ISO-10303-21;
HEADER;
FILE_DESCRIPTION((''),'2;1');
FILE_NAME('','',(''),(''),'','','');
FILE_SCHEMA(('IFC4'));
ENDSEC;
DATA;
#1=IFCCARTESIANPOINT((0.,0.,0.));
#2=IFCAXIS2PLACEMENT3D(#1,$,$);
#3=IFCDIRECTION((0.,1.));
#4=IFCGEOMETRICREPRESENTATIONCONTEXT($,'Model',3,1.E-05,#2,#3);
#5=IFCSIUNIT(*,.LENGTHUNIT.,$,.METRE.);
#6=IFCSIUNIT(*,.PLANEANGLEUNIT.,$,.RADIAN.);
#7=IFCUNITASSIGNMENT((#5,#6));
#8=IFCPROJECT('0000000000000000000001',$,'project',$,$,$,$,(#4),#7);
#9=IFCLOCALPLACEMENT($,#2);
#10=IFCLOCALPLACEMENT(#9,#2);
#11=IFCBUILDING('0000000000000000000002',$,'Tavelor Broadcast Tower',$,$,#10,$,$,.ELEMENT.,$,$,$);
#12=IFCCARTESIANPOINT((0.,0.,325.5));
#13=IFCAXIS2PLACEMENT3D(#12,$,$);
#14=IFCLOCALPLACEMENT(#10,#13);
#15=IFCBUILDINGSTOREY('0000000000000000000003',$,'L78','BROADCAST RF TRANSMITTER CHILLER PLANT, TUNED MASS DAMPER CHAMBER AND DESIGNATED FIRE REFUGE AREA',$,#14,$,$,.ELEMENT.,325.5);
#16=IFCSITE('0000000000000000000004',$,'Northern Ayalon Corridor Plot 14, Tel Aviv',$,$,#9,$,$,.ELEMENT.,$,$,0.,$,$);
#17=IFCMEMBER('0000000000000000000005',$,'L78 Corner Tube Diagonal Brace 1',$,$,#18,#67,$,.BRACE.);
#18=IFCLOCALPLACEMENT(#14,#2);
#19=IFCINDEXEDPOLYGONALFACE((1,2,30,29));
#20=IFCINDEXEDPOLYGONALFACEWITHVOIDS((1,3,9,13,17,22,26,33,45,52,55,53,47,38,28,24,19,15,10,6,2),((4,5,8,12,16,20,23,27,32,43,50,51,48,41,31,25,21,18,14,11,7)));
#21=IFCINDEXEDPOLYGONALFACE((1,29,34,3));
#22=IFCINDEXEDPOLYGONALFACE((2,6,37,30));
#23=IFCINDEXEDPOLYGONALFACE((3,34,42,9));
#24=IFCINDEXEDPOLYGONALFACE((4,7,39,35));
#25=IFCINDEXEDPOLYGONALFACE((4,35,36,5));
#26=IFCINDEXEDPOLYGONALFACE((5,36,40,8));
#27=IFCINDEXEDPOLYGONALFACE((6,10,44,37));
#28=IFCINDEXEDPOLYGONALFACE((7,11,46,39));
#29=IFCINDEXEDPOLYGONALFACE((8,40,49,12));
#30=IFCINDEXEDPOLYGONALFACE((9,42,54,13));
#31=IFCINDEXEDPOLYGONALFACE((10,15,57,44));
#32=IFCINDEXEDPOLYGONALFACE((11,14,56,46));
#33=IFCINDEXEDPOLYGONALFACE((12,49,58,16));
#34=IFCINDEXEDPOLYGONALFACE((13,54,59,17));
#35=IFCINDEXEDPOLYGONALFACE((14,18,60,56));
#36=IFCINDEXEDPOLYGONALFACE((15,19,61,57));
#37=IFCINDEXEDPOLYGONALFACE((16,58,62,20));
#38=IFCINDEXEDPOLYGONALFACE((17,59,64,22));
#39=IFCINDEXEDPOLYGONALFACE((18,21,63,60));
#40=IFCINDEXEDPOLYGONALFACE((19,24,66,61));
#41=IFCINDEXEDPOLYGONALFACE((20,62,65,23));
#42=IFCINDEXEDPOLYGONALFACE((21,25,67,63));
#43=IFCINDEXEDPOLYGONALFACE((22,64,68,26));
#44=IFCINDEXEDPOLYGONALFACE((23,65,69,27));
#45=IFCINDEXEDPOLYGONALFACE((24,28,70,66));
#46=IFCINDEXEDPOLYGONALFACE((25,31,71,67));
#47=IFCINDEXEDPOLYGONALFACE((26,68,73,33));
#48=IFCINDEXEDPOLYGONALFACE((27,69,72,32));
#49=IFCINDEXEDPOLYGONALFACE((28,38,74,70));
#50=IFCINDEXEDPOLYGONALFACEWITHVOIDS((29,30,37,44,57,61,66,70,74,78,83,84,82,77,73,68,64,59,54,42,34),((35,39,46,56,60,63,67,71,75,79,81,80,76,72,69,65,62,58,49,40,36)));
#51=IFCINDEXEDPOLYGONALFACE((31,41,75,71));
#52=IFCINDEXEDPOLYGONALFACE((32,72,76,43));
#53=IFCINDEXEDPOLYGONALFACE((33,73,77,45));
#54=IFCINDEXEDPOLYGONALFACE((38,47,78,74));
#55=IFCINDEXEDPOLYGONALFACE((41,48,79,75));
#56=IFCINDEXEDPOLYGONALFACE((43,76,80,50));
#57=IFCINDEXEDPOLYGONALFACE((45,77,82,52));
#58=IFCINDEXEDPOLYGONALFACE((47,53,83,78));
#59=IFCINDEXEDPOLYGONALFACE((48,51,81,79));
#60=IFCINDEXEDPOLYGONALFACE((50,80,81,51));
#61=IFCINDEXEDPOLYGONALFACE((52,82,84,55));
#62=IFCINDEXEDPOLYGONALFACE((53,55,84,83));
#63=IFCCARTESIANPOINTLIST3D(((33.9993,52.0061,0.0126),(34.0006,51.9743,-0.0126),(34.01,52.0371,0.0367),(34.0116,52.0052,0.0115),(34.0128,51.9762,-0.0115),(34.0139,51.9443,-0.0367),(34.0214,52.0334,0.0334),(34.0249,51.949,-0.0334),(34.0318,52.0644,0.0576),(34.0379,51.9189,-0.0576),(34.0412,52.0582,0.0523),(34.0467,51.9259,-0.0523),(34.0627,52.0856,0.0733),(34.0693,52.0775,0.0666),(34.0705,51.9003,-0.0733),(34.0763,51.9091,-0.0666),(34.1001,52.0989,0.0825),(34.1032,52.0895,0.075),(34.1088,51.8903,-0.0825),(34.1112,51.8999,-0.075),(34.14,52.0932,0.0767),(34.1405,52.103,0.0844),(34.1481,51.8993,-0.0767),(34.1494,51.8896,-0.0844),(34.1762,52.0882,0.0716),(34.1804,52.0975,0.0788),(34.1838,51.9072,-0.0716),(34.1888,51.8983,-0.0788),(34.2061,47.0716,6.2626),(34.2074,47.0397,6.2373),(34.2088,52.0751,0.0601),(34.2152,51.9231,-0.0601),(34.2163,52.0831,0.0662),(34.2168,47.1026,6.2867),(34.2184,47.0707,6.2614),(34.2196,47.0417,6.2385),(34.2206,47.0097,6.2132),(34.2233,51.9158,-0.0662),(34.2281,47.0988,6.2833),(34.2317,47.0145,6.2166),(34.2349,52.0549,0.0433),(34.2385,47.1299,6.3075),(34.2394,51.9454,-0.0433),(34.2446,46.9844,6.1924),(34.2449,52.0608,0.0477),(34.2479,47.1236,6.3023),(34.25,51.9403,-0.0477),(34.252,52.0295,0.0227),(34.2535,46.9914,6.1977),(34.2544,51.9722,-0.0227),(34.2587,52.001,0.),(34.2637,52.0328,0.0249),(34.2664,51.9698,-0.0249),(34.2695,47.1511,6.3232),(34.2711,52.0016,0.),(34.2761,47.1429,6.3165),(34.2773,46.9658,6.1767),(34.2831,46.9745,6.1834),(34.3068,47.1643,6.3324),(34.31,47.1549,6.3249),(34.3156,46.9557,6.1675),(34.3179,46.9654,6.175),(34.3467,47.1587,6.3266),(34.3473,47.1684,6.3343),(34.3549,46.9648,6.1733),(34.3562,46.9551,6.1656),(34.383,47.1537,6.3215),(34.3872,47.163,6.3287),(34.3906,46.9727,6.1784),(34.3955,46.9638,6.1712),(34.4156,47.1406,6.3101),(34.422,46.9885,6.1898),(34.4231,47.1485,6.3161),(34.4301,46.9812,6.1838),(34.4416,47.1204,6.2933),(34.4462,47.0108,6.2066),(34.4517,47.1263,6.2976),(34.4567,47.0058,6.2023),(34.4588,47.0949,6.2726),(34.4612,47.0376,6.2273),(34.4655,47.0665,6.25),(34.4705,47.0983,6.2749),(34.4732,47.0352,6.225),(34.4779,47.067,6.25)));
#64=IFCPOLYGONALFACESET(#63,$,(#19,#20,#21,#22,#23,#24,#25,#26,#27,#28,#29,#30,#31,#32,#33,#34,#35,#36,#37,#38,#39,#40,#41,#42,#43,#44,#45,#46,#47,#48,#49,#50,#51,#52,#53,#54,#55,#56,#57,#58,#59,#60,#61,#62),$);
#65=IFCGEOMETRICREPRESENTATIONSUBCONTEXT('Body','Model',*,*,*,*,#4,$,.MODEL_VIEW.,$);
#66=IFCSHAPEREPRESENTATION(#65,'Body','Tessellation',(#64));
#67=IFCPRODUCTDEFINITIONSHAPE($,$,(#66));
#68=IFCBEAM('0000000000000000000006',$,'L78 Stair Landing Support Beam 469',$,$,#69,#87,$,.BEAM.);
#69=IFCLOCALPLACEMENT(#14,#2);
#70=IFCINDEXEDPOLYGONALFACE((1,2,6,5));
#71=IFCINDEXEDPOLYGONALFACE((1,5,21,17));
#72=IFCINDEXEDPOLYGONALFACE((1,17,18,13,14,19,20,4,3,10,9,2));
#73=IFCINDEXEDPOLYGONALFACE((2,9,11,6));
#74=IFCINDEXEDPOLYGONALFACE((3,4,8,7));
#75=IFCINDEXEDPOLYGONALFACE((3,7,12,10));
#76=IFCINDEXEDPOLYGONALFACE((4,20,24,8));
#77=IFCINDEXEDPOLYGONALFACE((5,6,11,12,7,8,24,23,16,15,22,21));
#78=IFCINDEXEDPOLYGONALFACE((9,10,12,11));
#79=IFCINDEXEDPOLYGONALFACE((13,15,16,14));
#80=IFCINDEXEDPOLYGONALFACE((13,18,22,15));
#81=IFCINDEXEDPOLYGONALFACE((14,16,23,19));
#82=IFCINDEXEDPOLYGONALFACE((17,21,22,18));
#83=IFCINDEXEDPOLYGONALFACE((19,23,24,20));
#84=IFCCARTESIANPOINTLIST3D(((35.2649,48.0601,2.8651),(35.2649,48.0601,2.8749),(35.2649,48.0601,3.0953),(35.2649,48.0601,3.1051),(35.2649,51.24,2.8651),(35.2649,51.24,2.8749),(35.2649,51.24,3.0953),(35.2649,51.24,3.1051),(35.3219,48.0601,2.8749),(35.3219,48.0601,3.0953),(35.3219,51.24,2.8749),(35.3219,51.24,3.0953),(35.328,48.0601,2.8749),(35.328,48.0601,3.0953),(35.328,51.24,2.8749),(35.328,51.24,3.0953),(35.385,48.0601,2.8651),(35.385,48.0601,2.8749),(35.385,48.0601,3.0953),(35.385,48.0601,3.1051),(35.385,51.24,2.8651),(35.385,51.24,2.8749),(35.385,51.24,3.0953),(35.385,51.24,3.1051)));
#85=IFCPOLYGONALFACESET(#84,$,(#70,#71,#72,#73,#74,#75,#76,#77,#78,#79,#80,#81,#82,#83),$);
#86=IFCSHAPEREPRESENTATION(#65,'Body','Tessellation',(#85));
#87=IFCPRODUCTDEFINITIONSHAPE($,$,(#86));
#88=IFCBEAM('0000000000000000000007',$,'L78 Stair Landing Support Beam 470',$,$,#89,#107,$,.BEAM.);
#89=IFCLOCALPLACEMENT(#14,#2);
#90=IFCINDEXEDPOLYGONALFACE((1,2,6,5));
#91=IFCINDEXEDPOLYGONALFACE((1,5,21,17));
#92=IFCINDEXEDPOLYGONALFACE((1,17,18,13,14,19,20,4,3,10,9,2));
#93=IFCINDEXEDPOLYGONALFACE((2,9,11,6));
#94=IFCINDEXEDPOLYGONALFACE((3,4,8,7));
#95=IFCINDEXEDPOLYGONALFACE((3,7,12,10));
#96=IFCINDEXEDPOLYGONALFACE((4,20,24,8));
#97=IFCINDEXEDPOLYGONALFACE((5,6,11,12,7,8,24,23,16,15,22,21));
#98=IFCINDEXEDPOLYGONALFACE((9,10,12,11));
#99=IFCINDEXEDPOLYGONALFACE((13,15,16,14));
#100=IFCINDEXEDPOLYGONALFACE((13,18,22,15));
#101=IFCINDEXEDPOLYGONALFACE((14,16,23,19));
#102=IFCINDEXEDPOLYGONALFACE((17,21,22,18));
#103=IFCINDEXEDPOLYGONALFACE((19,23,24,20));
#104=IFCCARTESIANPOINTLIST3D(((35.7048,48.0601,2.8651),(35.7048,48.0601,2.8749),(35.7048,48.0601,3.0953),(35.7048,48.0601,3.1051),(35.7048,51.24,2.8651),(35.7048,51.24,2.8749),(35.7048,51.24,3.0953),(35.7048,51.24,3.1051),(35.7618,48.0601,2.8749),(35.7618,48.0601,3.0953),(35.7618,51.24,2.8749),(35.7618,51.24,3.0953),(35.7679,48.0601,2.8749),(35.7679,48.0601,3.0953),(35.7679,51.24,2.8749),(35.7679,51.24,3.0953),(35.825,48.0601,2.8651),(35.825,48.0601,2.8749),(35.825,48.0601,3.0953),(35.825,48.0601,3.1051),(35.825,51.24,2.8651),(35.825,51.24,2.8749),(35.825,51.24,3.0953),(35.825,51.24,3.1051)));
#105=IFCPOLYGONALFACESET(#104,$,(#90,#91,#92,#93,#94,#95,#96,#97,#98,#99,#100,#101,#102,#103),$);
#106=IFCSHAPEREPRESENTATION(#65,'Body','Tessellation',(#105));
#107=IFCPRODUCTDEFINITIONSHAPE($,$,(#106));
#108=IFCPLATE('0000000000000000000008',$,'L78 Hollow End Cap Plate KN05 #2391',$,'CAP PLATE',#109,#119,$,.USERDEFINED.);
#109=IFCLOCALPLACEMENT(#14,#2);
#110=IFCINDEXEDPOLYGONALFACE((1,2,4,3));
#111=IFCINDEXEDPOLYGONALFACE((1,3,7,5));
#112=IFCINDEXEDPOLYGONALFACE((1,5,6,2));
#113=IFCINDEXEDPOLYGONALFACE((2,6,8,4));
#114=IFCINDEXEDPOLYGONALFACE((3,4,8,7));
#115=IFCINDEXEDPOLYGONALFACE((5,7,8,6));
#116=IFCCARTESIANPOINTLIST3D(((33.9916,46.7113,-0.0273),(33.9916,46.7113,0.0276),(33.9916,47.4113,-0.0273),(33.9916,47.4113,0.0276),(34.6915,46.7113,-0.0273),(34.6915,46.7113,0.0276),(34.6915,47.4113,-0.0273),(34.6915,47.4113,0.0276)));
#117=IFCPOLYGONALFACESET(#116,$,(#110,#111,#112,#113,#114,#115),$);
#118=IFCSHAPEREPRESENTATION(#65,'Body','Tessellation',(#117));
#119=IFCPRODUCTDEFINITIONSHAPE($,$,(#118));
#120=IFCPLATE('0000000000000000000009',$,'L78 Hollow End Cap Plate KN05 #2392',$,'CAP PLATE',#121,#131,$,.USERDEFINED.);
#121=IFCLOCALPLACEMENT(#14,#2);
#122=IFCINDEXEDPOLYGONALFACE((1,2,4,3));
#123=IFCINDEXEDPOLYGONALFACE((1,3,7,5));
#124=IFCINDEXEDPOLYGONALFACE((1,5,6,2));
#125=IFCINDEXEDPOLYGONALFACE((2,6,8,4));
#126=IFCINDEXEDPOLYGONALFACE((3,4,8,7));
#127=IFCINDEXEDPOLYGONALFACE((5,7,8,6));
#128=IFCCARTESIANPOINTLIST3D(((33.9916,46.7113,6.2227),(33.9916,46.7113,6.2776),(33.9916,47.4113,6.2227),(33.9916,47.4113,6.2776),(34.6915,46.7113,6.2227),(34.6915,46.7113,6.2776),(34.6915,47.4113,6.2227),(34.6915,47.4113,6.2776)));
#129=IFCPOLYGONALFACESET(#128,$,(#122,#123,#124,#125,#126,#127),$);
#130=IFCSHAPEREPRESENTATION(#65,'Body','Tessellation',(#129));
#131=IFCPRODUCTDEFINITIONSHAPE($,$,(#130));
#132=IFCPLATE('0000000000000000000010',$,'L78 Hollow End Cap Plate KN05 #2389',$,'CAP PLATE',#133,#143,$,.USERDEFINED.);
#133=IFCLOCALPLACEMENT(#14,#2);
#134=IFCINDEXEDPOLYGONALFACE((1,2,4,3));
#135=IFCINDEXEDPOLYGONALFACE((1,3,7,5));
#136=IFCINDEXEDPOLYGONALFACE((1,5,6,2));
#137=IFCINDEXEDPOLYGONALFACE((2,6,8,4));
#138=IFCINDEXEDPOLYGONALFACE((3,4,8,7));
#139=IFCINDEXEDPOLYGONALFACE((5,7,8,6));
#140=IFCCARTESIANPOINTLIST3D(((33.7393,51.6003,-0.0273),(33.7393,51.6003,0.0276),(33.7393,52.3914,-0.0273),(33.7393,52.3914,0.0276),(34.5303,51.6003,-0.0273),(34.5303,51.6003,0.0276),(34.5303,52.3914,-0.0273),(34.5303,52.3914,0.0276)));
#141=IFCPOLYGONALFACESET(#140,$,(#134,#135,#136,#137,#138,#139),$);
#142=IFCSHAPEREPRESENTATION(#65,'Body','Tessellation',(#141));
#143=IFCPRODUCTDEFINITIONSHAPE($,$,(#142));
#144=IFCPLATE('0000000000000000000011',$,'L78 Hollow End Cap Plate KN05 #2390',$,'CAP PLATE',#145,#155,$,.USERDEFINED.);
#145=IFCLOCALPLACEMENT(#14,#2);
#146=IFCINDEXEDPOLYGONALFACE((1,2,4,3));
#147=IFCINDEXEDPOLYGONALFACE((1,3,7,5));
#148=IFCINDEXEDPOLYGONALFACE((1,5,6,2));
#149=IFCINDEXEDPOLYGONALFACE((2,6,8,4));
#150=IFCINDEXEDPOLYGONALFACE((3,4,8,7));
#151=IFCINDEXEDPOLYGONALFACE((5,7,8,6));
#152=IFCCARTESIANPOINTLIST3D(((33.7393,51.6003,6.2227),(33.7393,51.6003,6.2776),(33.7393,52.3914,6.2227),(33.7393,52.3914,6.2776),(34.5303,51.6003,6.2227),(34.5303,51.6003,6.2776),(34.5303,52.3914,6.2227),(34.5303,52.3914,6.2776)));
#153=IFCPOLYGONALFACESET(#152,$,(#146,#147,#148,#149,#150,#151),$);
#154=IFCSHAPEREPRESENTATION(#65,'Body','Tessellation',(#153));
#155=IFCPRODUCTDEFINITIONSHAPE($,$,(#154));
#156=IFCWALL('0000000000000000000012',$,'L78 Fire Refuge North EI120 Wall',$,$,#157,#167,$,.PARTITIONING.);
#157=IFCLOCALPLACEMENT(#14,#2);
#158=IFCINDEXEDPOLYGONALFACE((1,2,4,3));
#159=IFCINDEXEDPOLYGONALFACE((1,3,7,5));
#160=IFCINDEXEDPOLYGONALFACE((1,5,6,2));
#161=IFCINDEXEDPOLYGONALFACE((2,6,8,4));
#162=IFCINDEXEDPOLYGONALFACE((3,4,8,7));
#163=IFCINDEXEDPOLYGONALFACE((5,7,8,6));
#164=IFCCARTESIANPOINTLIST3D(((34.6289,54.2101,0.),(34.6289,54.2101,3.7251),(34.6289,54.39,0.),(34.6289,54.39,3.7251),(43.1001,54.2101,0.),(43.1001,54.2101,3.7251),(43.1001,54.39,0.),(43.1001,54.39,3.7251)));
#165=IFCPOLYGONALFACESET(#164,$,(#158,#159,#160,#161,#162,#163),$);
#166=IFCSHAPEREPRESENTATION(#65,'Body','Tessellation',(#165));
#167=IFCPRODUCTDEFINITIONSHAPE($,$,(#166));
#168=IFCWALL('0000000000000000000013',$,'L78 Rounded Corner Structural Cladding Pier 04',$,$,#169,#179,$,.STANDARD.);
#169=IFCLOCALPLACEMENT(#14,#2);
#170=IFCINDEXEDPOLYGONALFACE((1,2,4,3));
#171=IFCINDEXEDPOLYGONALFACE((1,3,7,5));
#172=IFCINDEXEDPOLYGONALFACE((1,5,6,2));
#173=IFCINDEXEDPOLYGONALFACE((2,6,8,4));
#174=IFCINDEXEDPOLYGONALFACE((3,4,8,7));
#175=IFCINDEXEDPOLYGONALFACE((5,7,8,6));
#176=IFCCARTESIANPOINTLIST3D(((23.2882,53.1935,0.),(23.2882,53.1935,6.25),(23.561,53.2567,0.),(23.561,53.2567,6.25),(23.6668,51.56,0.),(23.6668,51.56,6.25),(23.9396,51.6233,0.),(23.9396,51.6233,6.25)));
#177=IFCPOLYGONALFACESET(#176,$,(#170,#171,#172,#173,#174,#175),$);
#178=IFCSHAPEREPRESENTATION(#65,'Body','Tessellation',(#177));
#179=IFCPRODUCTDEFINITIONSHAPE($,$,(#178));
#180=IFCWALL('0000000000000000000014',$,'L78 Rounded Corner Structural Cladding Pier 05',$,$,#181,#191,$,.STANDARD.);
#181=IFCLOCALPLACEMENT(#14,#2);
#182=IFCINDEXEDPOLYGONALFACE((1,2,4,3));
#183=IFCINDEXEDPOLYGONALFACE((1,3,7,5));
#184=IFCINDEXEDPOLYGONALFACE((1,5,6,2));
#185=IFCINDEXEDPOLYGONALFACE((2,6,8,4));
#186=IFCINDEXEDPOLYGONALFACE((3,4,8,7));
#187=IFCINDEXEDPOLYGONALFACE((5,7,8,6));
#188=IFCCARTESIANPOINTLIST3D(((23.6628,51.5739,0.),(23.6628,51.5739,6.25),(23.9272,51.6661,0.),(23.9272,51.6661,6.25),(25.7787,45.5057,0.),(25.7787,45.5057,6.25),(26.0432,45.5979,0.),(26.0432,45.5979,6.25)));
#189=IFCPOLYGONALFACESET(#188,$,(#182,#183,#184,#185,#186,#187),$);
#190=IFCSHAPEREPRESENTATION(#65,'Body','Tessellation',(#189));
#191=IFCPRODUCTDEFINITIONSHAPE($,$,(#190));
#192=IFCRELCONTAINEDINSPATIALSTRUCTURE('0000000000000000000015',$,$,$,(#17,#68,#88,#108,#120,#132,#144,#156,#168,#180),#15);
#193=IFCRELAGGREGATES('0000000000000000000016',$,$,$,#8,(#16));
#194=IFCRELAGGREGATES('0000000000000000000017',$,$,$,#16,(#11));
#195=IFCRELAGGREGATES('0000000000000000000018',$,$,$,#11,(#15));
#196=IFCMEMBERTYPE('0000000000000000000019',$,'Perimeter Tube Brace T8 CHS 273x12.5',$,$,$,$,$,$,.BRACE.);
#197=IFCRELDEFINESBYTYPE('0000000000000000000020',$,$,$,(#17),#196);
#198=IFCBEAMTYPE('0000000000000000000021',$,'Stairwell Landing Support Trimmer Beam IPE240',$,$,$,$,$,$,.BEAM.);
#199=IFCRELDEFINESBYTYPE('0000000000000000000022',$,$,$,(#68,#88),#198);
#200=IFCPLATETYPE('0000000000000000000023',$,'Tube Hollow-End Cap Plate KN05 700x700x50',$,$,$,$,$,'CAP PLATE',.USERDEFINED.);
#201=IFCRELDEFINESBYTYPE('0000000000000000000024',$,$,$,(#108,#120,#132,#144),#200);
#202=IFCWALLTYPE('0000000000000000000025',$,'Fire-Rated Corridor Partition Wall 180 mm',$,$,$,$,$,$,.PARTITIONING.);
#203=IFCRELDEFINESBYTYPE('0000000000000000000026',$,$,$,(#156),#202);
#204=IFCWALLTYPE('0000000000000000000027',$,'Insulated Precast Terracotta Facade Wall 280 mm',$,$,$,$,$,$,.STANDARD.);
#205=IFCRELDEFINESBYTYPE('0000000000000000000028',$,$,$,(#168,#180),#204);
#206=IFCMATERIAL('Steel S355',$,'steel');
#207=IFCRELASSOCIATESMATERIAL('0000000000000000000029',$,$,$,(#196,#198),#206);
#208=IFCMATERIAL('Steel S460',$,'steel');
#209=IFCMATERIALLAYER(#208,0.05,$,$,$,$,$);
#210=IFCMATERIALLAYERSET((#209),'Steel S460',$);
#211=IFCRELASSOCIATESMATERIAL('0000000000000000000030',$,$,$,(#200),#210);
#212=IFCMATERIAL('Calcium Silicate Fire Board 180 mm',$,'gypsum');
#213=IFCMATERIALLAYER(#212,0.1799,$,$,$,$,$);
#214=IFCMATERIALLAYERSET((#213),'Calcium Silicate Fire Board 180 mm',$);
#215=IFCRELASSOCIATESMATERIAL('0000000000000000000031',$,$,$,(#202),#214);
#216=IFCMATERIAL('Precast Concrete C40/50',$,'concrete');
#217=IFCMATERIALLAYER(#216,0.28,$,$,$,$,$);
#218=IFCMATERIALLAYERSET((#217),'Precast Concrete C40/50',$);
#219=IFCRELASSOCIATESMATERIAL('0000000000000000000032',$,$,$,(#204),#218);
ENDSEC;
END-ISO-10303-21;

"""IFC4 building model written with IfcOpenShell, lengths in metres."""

from ifc_helpers import new_model, si_unit, direction, frame, frame_2d, origin, origin_2d, place, context, subcontext, project, spatial, rectangle, hollow_circle, i_section, extrude, source, transform, mapped, material, layer, layer_set, material_profile, profile_set, type_object, type_shapes, element, save


model = new_model("IFC4")

# Units and contexts
model_context = context("Model", 3, precision=1e-05, world=origin(), true_north=direction((0.0, 1.0)))
body_context = subcontext(model_context, "Body", "Model", "MODEL_VIEW")
ifc_project = project(units=[si_unit("LENGTHUNIT", "METRE"), si_unit("PLANEANGLEUNIT", "RADIAN")], contexts=[model_context])

# Site, building, storey
site_placement = place(None, origin())
site = spatial("IfcSite", under=ifc_project, at=site_placement, Name="Northern Ayalon Corridor Plot 14, Tel Aviv", CompositionType="ELEMENT", RefElevation=0.0)
building_placement = place(site_placement, origin())
building = spatial("IfcBuilding", under=site, at=building_placement, Name="Tavelor Broadcast Tower", CompositionType="ELEMENT")
storey_placement = place(building_placement, frame((0.0, 0.0, 325.5)))
storey = spatial("IfcBuildingStorey", under=building, at=storey_placement, Name="L78", Description="BROADCAST RF TRANSMITTER CHILLER PLANT, TUNED MASS DAMPER CHAMBER AND DESIGNATED FIRE REFUGE AREA", CompositionType="ELEMENT", Elevation=325.5)

# Shared definitions
ifc_material_1 = material(Name="Steel S460", Category="steel")

# Member
ifc_material_2 = material(Name="Steel S355", Category="steel")
ifc_material_profile_1 = material_profile(ifc_material_2, hollow_circle(Radius=0.1365, WallThickness=0.0125, at=origin_2d()), Name="CHS 273x12.5")
ifc_profile_set_1 = profile_set([ifc_material_profile_1], Name="Steel S355")
member_type = type_object("IfcMemberType", Name="Perimeter Tube Brace T8 CHS 273x12.5", PredefinedType="BRACE", material=ifc_profile_set_1)
member_placement = place(storey_placement, frame((34.1348, 51.9958, 0.0), z_axis=(0.025959, -0.619463, 0.784596), x_axis=(0.999123, 0.041869, 0.0)))
element("IfcMember", 1, at=member_placement, inside=storey, type_object=member_type, Name="L78 Corner Tube Diagonal Brace 1", PredefinedType="BRACE", context=body_context, shape_type="SweptSolid", body=[
    extrude(hollow_circle(Radius=0.1365, WallThickness=0.0125, at=origin_2d()), origin(), (0.0, 0.0, 1.0), 7.9658),
])

# Beams
ifc_material_profile_2 = material_profile(ifc_material_2, i_section(OverallWidth=0.1201, OverallDepth=0.24, WebThickness=0.0061, FlangeThickness=0.0098, at=origin_2d()), Name="IPE 240")
ifc_profile_set_2 = profile_set([ifc_material_profile_2], Name="Steel S355")
beam_type_1 = type_object("IfcBeamType", Name="Stairwell Landing Support Trimmer Beam IPE240", PredefinedType="BEAM", material=ifc_profile_set_2)
for number, where, z_axis, x_axis, name in (
    (2, (35.325, 48.0601, 2.9851), (0.0, 1.0, 0.0), (-1.0, 0.0, 0.0), "L78 Stair Landing Support Beam 469"),
    (3, (35.7649, 48.0601, 2.9851), (0.0, 1.0, 0.0), (-1.0, 0.0, 0.0), "L78 Stair Landing Support Beam 470"),
):
    element("IfcBeam", number, at=place(storey_placement, frame(where, z_axis=z_axis, x_axis=x_axis)), inside=storey, type_object=beam_type_1, Name=name, PredefinedType="BEAM", context=body_context, shape_type="SweptSolid", body=[
        extrude(i_section(OverallWidth=0.1201, OverallDepth=0.24, WebThickness=0.0061, FlangeThickness=0.0098, at=origin_2d()), origin(), (0.0, 0.0, 1.0), 3.1799),
    ])

# Plates
ifc_layer_1 = layer(ifc_material_1, 0.05)
ifc_layer_set_1 = layer_set([ifc_layer_1], Name="Steel S460")
plate_type = type_object("IfcPlateType", Name="Tube Hollow-End Cap Plate KN05 700x700x50", ElementType="CAP PLATE", PredefinedType="USERDEFINED", material=ifc_layer_set_1)
shared_shape_1 = source(origin(), body_context, "Body", "SweptSolid", [
    extrude(rectangle(XDim=0.7, YDim=0.7, at=origin_2d()), origin(), (0.0, 0.0, 1.0), 0.0549),
])
for number, where, z_axis, x_axis, name in (
    (4, (34.3416, 47.0613, -0.0273), (0.0, 0.0, 1.0), (1.0, 0.0, 0.0), "L78 Hollow End Cap Plate KN05 #2391"),
    (5, (34.3416, 47.0613, 6.2227), (0.0, 0.0, 1.0), (1.0, 0.0, 0.0), "L78 Hollow End Cap Plate KN05 #2392"),
):
    element("IfcPlate", number, at=place(storey_placement, frame(where, z_axis=z_axis, x_axis=x_axis)), inside=storey, type_object=plate_type, Name=name, ObjectType="CAP PLATE", PredefinedType="USERDEFINED", context=body_context, shape_type="MappedRepresentation", body=[
        mapped(shared_shape_1, transform((0.0, 0.0, 0.0), scale=1.0)),
    ])
shared_shape_2 = source(origin(), body_context, "Body", "SweptSolid", [
    extrude(rectangle(XDim=0.791, YDim=0.791, at=origin_2d()), origin(), (0.0, 0.0, 1.0), 0.0549),
])
type_shapes(plate_type, [shared_shape_1, shared_shape_2])
for number, where, z_axis, x_axis, name in (
    (6, (34.1348, 51.9958, -0.0273), (0.0, 0.0, 1.0), (1.0, 0.0, 0.0), "L78 Hollow End Cap Plate KN05 #2389"),
    (7, (34.1348, 51.9958, 6.2227), (0.0, 0.0, 1.0), (1.0, 0.0, 0.0), "L78 Hollow End Cap Plate KN05 #2390"),
):
    element("IfcPlate", number, at=place(storey_placement, frame(where, z_axis=z_axis, x_axis=x_axis)), inside=storey, type_object=plate_type, Name=name, ObjectType="CAP PLATE", PredefinedType="USERDEFINED", context=body_context, shape_type="MappedRepresentation", body=[
        mapped(shared_shape_2, transform((0.0, 0.0, 0.0), scale=1.0)),
    ])

# Walls
ifc_material_3 = material(Name="Calcium Silicate Fire Board 180 mm", Category="gypsum")
ifc_layer_2 = layer(ifc_material_3, 0.1799)
ifc_layer_set_2 = layer_set([ifc_layer_2], Name="Calcium Silicate Fire Board 180 mm")
wall_type_1 = type_object("IfcWallType", Name="Fire-Rated Corridor Partition Wall 180 mm", PredefinedType="PARTITIONING", material=ifc_layer_set_2)
wall_1_placement = place(storey_placement, frame((34.6289, 54.3, 0.0), z_axis=(0.0, 0.0, 1.0), x_axis=(1.0, 0.0, 0.0)))
element("IfcWall", 8, at=wall_1_placement, inside=storey, type_object=wall_type_1, Name="L78 Fire Refuge North EI120 Wall", PredefinedType="PARTITIONING", context=body_context, shape_type="SweptSolid", body=[
    extrude(rectangle(XDim=8.4712, YDim=0.1799, at=frame_2d((4.2356, 0.0))), origin(), (0.0, 0.0, 1.0), 3.7251),
])
ifc_material_4 = material(Name="Precast Concrete C40/50", Category="concrete")
ifc_layer_3 = layer(ifc_material_4, 0.28)
ifc_layer_set_3 = layer_set([ifc_layer_3], Name="Precast Concrete C40/50")
wall_type_2 = type_object("IfcWallType", Name="Insulated Precast Terracotta Facade Wall 280 mm", PredefinedType="STANDARD", material=ifc_layer_set_3)
wall_2_placement = place(storey_placement, frame((23.4246, 53.2251, 0.0), z_axis=(0.0, 0.0, 1.0), x_axis=(0.225816, -0.97417, 0.0)))
element("IfcWall", 9, at=wall_2_placement, inside=storey, type_object=wall_type_2, Name="L78 Rounded Corner Structural Cladding Pier 04", PredefinedType="STANDARD", context=body_context, shape_type="SweptSolid", body=[
    extrude(rectangle(XDim=1.6768, YDim=0.28, at=frame_2d((0.8384, 0.0))), origin(), (0.0, 0.0, 1.0), 6.25),
])
wall_3_placement = place(storey_placement, frame((23.7949, 51.6201, 0.0), z_axis=(0.0, 0.0, 1.0), x_axis=(0.329259, -0.94424, 0.0)))
element("IfcWall", 10, at=wall_3_placement, inside=storey, type_object=wall_type_2, Name="L78 Rounded Corner Structural Cladding Pier 05", PredefinedType="STANDARD", context=body_context, shape_type="SweptSolid", body=[
    extrude(rectangle(XDim=6.4265, YDim=0.28, at=frame_2d((3.2134, 0.0))), origin(), (0.0, 0.0, 1.0), 6.25),
])

save(model, "model.ifc")
